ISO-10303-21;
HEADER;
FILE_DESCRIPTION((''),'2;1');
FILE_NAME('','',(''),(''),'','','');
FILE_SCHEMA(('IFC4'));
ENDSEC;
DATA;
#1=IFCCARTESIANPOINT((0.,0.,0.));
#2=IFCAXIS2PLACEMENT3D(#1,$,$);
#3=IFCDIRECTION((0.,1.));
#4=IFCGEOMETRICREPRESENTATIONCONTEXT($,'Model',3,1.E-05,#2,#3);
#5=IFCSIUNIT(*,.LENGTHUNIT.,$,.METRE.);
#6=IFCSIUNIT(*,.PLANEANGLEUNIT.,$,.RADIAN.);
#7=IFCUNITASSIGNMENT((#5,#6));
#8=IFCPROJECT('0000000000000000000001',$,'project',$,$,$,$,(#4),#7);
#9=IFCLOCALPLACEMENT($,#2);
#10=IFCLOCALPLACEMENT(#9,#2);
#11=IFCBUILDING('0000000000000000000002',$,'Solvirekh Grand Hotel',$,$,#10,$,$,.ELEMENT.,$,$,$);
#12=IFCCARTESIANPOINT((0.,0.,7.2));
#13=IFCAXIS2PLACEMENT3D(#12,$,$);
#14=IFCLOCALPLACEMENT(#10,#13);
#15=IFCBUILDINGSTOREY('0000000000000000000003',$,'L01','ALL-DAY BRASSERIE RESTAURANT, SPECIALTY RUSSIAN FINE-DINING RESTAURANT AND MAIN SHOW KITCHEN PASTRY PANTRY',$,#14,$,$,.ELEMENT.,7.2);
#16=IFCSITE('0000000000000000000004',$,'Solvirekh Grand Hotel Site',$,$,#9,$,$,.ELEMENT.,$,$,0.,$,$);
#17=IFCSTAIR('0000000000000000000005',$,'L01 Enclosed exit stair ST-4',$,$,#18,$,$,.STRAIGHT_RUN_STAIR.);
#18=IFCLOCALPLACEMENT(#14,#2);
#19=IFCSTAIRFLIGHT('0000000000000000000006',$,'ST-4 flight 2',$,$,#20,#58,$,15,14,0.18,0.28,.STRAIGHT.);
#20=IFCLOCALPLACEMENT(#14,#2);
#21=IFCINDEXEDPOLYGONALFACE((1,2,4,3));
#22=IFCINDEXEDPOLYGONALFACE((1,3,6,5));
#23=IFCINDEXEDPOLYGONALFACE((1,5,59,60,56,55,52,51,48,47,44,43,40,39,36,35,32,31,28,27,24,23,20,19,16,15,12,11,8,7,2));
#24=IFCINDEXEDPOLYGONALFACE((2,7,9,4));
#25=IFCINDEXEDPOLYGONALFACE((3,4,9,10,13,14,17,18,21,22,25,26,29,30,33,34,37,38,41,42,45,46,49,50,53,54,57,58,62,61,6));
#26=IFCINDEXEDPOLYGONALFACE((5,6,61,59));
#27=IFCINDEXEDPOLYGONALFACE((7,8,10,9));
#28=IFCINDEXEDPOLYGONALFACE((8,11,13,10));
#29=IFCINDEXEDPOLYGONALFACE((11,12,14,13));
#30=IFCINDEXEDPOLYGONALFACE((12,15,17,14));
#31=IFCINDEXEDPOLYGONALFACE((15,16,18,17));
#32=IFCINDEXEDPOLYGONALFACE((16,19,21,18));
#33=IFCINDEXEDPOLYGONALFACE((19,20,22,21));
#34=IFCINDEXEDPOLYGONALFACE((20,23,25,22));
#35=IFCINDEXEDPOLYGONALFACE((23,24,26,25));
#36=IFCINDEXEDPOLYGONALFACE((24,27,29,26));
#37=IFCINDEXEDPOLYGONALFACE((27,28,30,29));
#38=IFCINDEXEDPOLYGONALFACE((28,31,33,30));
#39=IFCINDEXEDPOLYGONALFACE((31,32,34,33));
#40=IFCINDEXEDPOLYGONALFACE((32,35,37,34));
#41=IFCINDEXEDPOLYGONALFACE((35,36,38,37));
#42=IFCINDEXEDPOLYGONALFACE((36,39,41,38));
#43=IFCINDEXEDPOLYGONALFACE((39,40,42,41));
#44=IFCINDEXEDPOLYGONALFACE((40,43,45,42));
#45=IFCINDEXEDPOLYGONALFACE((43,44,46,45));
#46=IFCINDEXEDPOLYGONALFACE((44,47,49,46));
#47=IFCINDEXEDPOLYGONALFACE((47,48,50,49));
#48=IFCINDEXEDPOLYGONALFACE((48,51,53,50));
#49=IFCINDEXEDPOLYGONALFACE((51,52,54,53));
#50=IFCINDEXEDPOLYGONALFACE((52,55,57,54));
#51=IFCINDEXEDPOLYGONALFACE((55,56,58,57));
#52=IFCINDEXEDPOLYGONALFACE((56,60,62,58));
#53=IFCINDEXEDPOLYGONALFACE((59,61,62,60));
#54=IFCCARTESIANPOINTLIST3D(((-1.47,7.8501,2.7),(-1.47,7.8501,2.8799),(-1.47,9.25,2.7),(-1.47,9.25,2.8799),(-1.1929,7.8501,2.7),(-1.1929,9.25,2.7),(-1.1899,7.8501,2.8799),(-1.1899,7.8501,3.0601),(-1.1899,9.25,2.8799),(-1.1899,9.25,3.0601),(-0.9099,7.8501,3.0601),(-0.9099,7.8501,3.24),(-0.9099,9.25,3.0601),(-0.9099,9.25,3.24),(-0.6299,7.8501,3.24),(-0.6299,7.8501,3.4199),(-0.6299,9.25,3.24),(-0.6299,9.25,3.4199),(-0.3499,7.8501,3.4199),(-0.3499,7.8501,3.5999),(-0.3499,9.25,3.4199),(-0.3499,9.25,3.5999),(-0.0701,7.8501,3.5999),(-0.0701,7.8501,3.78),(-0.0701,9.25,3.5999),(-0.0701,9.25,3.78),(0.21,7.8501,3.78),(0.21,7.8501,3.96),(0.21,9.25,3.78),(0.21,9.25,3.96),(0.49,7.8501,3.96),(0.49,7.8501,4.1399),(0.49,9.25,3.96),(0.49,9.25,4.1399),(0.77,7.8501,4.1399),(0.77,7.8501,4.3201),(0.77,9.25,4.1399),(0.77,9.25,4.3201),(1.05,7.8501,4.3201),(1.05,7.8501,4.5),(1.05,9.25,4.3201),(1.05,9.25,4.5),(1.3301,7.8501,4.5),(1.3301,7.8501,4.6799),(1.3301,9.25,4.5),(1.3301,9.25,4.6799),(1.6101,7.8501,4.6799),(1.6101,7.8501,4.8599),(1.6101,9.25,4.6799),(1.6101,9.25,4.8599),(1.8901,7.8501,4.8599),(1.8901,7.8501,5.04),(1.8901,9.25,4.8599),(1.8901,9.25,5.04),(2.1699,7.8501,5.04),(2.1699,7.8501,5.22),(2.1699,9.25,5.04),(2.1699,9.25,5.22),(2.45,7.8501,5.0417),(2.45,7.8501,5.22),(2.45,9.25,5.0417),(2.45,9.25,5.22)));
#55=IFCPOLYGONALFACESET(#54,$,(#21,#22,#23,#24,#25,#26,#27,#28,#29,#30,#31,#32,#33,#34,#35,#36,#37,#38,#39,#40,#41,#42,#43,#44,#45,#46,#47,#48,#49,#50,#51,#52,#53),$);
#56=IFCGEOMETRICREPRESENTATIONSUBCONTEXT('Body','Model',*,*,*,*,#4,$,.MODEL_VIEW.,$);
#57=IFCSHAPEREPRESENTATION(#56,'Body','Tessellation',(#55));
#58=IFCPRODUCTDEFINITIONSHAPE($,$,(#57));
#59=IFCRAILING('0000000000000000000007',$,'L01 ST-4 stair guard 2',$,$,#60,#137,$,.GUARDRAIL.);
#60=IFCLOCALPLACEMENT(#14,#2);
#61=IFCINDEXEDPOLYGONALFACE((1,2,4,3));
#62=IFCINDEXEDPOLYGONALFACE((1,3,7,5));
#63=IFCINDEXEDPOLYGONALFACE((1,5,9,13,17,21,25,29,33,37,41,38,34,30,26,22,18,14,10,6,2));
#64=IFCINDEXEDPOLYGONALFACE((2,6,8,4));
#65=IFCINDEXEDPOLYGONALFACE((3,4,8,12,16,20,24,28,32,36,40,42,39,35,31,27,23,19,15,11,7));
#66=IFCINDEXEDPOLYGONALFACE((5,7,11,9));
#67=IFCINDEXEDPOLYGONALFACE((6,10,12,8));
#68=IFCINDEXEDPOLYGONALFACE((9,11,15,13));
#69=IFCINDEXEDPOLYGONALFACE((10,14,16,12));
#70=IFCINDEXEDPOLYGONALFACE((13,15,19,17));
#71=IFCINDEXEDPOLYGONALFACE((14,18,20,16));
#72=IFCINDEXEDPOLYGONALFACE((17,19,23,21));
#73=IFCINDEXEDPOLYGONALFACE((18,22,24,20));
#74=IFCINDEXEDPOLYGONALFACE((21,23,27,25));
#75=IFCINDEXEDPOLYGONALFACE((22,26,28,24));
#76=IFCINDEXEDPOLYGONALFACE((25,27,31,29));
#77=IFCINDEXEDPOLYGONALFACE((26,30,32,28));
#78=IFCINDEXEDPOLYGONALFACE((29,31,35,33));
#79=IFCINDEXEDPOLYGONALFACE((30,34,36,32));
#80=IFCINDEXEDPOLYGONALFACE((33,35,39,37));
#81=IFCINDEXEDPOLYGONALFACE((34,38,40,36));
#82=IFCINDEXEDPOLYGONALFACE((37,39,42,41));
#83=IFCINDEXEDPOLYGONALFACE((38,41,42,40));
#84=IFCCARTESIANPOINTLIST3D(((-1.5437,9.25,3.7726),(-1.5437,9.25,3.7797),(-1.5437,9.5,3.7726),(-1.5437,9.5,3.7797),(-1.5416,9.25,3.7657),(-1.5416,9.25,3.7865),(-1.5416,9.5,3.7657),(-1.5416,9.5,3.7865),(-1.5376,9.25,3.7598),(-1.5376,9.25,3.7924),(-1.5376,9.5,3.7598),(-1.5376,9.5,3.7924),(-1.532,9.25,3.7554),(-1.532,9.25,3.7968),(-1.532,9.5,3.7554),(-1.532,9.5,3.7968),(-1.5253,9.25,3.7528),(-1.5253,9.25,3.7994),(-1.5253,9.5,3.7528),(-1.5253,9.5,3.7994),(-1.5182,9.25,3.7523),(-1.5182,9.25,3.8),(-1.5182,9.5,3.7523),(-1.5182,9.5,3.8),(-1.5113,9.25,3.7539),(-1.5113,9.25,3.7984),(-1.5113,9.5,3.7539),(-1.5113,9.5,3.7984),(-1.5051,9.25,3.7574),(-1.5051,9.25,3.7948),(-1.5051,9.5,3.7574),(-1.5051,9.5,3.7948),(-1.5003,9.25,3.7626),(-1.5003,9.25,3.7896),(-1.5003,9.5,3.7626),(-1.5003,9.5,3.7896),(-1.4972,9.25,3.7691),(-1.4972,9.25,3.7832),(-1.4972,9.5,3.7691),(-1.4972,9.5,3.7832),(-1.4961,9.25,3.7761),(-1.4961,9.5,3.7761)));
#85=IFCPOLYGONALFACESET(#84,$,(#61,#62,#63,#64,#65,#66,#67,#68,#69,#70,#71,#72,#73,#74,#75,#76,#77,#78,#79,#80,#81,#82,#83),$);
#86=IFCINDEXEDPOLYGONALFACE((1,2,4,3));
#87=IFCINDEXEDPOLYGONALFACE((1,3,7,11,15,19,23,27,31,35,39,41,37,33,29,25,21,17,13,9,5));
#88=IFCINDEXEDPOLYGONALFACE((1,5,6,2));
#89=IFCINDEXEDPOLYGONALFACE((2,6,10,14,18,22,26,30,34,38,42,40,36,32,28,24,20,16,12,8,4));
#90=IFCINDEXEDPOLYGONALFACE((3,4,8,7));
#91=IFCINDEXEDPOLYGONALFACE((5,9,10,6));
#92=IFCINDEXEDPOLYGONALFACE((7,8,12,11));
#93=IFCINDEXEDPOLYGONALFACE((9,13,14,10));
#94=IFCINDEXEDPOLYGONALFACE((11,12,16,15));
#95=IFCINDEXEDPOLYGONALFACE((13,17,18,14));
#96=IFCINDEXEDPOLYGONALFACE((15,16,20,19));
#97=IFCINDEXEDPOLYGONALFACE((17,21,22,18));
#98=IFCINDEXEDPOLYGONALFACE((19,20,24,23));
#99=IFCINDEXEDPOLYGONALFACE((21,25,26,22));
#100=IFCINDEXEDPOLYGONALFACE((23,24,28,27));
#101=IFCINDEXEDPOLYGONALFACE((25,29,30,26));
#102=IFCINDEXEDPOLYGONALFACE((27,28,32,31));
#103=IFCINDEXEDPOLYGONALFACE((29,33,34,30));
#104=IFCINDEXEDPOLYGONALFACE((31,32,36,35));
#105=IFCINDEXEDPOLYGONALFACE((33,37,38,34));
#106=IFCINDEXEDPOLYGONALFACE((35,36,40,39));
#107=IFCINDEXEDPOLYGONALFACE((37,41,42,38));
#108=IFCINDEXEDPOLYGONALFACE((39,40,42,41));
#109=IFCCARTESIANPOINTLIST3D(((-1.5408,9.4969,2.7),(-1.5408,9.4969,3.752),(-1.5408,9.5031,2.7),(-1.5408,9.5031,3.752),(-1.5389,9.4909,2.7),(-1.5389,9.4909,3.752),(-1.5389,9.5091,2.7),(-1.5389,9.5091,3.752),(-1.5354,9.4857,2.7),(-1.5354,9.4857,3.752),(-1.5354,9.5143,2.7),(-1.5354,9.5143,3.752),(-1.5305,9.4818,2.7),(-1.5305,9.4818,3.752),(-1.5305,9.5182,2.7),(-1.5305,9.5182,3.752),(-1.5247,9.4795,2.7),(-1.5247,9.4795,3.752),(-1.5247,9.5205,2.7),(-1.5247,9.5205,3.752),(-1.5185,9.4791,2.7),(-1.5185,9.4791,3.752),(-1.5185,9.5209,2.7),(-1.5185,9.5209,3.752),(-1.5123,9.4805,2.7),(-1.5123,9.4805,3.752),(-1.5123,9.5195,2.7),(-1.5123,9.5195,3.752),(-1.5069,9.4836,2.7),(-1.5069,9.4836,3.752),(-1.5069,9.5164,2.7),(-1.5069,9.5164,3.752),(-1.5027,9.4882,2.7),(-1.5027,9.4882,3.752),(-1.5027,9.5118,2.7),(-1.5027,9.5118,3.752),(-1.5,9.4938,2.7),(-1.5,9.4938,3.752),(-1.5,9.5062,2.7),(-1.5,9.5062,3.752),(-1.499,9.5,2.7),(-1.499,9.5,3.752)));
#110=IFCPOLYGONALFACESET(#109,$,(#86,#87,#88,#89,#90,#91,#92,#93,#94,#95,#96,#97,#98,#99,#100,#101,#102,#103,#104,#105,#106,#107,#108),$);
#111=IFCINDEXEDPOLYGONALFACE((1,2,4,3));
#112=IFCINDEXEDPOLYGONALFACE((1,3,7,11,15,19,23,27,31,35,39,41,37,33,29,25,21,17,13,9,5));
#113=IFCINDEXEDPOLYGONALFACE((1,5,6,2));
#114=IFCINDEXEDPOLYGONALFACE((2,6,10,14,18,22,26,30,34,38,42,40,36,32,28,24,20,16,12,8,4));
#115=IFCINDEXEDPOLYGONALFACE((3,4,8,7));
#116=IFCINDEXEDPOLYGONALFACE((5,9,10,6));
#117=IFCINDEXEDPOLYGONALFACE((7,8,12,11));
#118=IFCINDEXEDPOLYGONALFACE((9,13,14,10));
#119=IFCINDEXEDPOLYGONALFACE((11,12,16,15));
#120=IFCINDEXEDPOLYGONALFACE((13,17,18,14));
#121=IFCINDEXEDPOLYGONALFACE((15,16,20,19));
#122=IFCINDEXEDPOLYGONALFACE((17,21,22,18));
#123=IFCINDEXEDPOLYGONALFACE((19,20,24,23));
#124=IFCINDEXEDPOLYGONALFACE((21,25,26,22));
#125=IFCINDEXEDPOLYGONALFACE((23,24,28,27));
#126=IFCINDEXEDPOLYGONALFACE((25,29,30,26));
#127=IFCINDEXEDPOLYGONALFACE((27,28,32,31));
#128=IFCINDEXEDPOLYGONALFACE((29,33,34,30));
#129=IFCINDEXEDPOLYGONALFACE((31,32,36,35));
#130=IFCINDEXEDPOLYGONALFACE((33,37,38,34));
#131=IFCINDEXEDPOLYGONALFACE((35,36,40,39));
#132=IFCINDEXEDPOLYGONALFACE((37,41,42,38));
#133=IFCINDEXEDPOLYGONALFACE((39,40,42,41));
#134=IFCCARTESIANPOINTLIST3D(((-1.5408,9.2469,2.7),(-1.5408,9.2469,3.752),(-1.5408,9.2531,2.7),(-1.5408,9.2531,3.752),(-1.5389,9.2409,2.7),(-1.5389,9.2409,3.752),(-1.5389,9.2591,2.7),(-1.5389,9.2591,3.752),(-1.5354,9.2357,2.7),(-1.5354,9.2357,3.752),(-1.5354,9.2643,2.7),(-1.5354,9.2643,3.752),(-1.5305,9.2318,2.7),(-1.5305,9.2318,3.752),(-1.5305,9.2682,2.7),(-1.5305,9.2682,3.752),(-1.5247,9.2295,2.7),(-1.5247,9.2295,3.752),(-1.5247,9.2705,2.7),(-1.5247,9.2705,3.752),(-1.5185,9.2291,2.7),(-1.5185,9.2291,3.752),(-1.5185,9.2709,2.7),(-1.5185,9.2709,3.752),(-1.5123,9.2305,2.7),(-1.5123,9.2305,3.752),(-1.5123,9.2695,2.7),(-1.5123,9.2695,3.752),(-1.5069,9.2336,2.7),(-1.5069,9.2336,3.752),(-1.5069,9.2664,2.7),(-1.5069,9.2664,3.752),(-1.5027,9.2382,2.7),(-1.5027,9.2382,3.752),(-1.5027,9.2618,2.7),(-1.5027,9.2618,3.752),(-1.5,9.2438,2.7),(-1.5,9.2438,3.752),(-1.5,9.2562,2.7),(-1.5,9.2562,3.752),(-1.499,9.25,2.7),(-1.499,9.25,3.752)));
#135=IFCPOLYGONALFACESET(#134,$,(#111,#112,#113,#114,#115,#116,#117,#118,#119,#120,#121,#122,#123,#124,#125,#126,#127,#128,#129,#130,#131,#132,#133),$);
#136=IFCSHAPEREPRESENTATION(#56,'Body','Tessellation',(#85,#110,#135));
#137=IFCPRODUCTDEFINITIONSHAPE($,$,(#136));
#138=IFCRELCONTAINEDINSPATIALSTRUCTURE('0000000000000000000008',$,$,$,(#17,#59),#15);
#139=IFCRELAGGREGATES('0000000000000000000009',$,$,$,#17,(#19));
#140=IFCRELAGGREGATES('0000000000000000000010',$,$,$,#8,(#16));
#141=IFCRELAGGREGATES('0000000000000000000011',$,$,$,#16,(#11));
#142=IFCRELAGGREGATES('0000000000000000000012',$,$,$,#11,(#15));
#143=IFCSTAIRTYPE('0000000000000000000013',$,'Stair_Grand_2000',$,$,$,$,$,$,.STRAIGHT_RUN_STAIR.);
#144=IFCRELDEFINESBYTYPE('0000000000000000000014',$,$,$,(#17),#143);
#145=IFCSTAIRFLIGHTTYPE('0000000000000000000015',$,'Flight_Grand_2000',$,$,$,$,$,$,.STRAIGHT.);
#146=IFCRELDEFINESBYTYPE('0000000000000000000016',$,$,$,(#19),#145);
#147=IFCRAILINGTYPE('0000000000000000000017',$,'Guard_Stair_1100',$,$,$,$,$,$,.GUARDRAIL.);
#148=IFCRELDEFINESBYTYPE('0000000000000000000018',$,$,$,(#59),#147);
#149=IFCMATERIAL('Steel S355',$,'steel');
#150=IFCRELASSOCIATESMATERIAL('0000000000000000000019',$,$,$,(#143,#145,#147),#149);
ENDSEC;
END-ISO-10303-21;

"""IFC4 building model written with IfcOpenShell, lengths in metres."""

from ifc_helpers import new_model, si_unit, direction, frame, origin, origin_2d, place, context, subcontext, project, spatial, polyline, circle, outline, extrude, material, type_object, element, aggregate, save


model = new_model("IFC4")

# Units and contexts
model_context = context("Model", 3, precision=1e-05, world=origin(), true_north=direction((0.0, 1.0)))
body_context = subcontext(model_context, "Body", "Model", "MODEL_VIEW")
ifc_project = project(units=[si_unit("LENGTHUNIT", "METRE"), si_unit("PLANEANGLEUNIT", "RADIAN")], contexts=[model_context])

# Site, building, storey
site_placement = place(None, origin())
site = spatial("IfcSite", under=ifc_project, at=site_placement, Name="Solvirekh Grand Hotel Site", CompositionType="ELEMENT", RefElevation=0.0)
building_placement = place(site_placement, origin())
building = spatial("IfcBuilding", under=site, at=building_placement, Name="Solvirekh Grand Hotel", CompositionType="ELEMENT")
storey_placement = place(building_placement, frame((0.0, 0.0, 7.2)))
storey = spatial("IfcBuildingStorey", under=building, at=storey_placement, Name="L01", Description="ALL-DAY BRASSERIE RESTAURANT, SPECIALTY RUSSIAN FINE-DINING RESTAURANT AND MAIN SHOW KITCHEN PASTRY PANTRY", CompositionType="ELEMENT", Elevation=7.2)

# Shared definitions
ifc_material_1 = material(Name="Steel S355", Category="steel")

# Stair, stair flight
stair_type = type_object("IfcStairType", Name="Stair_Grand_2000", PredefinedType="STRAIGHT_RUN_STAIR", material=ifc_material_1)
stair_placement = place(storey_placement, origin())
stair = element("IfcStair", 1, at=stair_placement, inside=storey, type_object=stair_type, Name="L01 Enclosed exit stair ST-4", PredefinedType="STRAIGHT_RUN_STAIR")
stair_flight_type = type_object("IfcStairFlightType", Name="Flight_Grand_2000", PredefinedType="STRAIGHT", material=ifc_material_1)
stair_flight_placement = place(storey_placement, frame((-1.47, 8.55, 2.7), z_axis=(0.0, 0.0, 1.0), x_axis=(1.0, 0.0, 0.0)))
stair_flight = element("IfcStairFlight", 2, at=stair_flight_placement, type_object=stair_flight_type, Name="ST-4 flight 2", NumberOfRisers=15, NumberOfTreads=14, PredefinedType="STRAIGHT", RiserHeight=0.18, TreadLength=0.28, context=body_context, shape_type="SweptSolid", body=[
    extrude(outline(polyline([(0.0, 0.0), (0.0, 0.1799), (0.28, 0.1799), (0.28, 0.3601), (0.5601, 0.3601), (0.5601, 0.54), (0.8401, 0.54), (0.8401, 0.72), (1.1201, 0.72), (1.1201, 0.8999), (1.3999, 0.8999), (1.3999, 1.0801), (1.6799, 1.0801), (1.6799, 1.26), (1.96, 1.26), (1.96, 1.4399), (2.24, 1.4399), (2.24, 1.6201), (2.52, 1.6201), (2.52, 1.8), (2.8, 1.8), (2.8, 1.98), (3.0801, 1.98), (3.0801, 2.1599), (3.3601, 2.1599), (3.3601, 2.3401), (3.6399, 2.3401), (3.6399, 2.52), (3.9199, 2.52), (3.9199, 2.7), (3.9199, 2.3418), (0.2771, 0.0), (0.0, 0.0)])), frame((0.0, 0.7, 0.0), z_axis=(0.0, -1.0, 0.0), x_axis=(1.0, 0.0, 0.0)), (0.0, 0.0, 1.0), 1.3999),
])
aggregate(stair, [stair_flight])

# Railing
railing_type_1 = type_object("IfcRailingType", Name="Guard_Stair_1100", PredefinedType="GUARDRAIL", material=ifc_material_1)
railing_1_placement = place(storey_placement, frame((-1.52, 9.5, 2.7)))
element("IfcRailing", 3, at=railing_1_placement, inside=storey, type_object=railing_type_1, Name="L01 ST-4 stair guard 2", PredefinedType="GUARDRAIL", context=body_context, shape_type="SweptSolid", body=[
    extrude(circle(Radius=0.0239, at=origin_2d()), frame((0.0, 0.0, 1.0762), z_axis=(0.0, -1.0, 0.0), x_axis=(1.0, 0.0, 0.0)), (0.0, 0.0, 1.0), 0.25),
    extrude(circle(Radius=0.021, at=origin_2d()), origin(), (0.0, 0.0, 1.0), 1.052),
    extrude(circle(Radius=0.021, at=origin_2d()), frame((0.0, -0.25, 0.0)), (0.0, 0.0, 1.0), 1.052),
])

save(model, "model.ifc")
